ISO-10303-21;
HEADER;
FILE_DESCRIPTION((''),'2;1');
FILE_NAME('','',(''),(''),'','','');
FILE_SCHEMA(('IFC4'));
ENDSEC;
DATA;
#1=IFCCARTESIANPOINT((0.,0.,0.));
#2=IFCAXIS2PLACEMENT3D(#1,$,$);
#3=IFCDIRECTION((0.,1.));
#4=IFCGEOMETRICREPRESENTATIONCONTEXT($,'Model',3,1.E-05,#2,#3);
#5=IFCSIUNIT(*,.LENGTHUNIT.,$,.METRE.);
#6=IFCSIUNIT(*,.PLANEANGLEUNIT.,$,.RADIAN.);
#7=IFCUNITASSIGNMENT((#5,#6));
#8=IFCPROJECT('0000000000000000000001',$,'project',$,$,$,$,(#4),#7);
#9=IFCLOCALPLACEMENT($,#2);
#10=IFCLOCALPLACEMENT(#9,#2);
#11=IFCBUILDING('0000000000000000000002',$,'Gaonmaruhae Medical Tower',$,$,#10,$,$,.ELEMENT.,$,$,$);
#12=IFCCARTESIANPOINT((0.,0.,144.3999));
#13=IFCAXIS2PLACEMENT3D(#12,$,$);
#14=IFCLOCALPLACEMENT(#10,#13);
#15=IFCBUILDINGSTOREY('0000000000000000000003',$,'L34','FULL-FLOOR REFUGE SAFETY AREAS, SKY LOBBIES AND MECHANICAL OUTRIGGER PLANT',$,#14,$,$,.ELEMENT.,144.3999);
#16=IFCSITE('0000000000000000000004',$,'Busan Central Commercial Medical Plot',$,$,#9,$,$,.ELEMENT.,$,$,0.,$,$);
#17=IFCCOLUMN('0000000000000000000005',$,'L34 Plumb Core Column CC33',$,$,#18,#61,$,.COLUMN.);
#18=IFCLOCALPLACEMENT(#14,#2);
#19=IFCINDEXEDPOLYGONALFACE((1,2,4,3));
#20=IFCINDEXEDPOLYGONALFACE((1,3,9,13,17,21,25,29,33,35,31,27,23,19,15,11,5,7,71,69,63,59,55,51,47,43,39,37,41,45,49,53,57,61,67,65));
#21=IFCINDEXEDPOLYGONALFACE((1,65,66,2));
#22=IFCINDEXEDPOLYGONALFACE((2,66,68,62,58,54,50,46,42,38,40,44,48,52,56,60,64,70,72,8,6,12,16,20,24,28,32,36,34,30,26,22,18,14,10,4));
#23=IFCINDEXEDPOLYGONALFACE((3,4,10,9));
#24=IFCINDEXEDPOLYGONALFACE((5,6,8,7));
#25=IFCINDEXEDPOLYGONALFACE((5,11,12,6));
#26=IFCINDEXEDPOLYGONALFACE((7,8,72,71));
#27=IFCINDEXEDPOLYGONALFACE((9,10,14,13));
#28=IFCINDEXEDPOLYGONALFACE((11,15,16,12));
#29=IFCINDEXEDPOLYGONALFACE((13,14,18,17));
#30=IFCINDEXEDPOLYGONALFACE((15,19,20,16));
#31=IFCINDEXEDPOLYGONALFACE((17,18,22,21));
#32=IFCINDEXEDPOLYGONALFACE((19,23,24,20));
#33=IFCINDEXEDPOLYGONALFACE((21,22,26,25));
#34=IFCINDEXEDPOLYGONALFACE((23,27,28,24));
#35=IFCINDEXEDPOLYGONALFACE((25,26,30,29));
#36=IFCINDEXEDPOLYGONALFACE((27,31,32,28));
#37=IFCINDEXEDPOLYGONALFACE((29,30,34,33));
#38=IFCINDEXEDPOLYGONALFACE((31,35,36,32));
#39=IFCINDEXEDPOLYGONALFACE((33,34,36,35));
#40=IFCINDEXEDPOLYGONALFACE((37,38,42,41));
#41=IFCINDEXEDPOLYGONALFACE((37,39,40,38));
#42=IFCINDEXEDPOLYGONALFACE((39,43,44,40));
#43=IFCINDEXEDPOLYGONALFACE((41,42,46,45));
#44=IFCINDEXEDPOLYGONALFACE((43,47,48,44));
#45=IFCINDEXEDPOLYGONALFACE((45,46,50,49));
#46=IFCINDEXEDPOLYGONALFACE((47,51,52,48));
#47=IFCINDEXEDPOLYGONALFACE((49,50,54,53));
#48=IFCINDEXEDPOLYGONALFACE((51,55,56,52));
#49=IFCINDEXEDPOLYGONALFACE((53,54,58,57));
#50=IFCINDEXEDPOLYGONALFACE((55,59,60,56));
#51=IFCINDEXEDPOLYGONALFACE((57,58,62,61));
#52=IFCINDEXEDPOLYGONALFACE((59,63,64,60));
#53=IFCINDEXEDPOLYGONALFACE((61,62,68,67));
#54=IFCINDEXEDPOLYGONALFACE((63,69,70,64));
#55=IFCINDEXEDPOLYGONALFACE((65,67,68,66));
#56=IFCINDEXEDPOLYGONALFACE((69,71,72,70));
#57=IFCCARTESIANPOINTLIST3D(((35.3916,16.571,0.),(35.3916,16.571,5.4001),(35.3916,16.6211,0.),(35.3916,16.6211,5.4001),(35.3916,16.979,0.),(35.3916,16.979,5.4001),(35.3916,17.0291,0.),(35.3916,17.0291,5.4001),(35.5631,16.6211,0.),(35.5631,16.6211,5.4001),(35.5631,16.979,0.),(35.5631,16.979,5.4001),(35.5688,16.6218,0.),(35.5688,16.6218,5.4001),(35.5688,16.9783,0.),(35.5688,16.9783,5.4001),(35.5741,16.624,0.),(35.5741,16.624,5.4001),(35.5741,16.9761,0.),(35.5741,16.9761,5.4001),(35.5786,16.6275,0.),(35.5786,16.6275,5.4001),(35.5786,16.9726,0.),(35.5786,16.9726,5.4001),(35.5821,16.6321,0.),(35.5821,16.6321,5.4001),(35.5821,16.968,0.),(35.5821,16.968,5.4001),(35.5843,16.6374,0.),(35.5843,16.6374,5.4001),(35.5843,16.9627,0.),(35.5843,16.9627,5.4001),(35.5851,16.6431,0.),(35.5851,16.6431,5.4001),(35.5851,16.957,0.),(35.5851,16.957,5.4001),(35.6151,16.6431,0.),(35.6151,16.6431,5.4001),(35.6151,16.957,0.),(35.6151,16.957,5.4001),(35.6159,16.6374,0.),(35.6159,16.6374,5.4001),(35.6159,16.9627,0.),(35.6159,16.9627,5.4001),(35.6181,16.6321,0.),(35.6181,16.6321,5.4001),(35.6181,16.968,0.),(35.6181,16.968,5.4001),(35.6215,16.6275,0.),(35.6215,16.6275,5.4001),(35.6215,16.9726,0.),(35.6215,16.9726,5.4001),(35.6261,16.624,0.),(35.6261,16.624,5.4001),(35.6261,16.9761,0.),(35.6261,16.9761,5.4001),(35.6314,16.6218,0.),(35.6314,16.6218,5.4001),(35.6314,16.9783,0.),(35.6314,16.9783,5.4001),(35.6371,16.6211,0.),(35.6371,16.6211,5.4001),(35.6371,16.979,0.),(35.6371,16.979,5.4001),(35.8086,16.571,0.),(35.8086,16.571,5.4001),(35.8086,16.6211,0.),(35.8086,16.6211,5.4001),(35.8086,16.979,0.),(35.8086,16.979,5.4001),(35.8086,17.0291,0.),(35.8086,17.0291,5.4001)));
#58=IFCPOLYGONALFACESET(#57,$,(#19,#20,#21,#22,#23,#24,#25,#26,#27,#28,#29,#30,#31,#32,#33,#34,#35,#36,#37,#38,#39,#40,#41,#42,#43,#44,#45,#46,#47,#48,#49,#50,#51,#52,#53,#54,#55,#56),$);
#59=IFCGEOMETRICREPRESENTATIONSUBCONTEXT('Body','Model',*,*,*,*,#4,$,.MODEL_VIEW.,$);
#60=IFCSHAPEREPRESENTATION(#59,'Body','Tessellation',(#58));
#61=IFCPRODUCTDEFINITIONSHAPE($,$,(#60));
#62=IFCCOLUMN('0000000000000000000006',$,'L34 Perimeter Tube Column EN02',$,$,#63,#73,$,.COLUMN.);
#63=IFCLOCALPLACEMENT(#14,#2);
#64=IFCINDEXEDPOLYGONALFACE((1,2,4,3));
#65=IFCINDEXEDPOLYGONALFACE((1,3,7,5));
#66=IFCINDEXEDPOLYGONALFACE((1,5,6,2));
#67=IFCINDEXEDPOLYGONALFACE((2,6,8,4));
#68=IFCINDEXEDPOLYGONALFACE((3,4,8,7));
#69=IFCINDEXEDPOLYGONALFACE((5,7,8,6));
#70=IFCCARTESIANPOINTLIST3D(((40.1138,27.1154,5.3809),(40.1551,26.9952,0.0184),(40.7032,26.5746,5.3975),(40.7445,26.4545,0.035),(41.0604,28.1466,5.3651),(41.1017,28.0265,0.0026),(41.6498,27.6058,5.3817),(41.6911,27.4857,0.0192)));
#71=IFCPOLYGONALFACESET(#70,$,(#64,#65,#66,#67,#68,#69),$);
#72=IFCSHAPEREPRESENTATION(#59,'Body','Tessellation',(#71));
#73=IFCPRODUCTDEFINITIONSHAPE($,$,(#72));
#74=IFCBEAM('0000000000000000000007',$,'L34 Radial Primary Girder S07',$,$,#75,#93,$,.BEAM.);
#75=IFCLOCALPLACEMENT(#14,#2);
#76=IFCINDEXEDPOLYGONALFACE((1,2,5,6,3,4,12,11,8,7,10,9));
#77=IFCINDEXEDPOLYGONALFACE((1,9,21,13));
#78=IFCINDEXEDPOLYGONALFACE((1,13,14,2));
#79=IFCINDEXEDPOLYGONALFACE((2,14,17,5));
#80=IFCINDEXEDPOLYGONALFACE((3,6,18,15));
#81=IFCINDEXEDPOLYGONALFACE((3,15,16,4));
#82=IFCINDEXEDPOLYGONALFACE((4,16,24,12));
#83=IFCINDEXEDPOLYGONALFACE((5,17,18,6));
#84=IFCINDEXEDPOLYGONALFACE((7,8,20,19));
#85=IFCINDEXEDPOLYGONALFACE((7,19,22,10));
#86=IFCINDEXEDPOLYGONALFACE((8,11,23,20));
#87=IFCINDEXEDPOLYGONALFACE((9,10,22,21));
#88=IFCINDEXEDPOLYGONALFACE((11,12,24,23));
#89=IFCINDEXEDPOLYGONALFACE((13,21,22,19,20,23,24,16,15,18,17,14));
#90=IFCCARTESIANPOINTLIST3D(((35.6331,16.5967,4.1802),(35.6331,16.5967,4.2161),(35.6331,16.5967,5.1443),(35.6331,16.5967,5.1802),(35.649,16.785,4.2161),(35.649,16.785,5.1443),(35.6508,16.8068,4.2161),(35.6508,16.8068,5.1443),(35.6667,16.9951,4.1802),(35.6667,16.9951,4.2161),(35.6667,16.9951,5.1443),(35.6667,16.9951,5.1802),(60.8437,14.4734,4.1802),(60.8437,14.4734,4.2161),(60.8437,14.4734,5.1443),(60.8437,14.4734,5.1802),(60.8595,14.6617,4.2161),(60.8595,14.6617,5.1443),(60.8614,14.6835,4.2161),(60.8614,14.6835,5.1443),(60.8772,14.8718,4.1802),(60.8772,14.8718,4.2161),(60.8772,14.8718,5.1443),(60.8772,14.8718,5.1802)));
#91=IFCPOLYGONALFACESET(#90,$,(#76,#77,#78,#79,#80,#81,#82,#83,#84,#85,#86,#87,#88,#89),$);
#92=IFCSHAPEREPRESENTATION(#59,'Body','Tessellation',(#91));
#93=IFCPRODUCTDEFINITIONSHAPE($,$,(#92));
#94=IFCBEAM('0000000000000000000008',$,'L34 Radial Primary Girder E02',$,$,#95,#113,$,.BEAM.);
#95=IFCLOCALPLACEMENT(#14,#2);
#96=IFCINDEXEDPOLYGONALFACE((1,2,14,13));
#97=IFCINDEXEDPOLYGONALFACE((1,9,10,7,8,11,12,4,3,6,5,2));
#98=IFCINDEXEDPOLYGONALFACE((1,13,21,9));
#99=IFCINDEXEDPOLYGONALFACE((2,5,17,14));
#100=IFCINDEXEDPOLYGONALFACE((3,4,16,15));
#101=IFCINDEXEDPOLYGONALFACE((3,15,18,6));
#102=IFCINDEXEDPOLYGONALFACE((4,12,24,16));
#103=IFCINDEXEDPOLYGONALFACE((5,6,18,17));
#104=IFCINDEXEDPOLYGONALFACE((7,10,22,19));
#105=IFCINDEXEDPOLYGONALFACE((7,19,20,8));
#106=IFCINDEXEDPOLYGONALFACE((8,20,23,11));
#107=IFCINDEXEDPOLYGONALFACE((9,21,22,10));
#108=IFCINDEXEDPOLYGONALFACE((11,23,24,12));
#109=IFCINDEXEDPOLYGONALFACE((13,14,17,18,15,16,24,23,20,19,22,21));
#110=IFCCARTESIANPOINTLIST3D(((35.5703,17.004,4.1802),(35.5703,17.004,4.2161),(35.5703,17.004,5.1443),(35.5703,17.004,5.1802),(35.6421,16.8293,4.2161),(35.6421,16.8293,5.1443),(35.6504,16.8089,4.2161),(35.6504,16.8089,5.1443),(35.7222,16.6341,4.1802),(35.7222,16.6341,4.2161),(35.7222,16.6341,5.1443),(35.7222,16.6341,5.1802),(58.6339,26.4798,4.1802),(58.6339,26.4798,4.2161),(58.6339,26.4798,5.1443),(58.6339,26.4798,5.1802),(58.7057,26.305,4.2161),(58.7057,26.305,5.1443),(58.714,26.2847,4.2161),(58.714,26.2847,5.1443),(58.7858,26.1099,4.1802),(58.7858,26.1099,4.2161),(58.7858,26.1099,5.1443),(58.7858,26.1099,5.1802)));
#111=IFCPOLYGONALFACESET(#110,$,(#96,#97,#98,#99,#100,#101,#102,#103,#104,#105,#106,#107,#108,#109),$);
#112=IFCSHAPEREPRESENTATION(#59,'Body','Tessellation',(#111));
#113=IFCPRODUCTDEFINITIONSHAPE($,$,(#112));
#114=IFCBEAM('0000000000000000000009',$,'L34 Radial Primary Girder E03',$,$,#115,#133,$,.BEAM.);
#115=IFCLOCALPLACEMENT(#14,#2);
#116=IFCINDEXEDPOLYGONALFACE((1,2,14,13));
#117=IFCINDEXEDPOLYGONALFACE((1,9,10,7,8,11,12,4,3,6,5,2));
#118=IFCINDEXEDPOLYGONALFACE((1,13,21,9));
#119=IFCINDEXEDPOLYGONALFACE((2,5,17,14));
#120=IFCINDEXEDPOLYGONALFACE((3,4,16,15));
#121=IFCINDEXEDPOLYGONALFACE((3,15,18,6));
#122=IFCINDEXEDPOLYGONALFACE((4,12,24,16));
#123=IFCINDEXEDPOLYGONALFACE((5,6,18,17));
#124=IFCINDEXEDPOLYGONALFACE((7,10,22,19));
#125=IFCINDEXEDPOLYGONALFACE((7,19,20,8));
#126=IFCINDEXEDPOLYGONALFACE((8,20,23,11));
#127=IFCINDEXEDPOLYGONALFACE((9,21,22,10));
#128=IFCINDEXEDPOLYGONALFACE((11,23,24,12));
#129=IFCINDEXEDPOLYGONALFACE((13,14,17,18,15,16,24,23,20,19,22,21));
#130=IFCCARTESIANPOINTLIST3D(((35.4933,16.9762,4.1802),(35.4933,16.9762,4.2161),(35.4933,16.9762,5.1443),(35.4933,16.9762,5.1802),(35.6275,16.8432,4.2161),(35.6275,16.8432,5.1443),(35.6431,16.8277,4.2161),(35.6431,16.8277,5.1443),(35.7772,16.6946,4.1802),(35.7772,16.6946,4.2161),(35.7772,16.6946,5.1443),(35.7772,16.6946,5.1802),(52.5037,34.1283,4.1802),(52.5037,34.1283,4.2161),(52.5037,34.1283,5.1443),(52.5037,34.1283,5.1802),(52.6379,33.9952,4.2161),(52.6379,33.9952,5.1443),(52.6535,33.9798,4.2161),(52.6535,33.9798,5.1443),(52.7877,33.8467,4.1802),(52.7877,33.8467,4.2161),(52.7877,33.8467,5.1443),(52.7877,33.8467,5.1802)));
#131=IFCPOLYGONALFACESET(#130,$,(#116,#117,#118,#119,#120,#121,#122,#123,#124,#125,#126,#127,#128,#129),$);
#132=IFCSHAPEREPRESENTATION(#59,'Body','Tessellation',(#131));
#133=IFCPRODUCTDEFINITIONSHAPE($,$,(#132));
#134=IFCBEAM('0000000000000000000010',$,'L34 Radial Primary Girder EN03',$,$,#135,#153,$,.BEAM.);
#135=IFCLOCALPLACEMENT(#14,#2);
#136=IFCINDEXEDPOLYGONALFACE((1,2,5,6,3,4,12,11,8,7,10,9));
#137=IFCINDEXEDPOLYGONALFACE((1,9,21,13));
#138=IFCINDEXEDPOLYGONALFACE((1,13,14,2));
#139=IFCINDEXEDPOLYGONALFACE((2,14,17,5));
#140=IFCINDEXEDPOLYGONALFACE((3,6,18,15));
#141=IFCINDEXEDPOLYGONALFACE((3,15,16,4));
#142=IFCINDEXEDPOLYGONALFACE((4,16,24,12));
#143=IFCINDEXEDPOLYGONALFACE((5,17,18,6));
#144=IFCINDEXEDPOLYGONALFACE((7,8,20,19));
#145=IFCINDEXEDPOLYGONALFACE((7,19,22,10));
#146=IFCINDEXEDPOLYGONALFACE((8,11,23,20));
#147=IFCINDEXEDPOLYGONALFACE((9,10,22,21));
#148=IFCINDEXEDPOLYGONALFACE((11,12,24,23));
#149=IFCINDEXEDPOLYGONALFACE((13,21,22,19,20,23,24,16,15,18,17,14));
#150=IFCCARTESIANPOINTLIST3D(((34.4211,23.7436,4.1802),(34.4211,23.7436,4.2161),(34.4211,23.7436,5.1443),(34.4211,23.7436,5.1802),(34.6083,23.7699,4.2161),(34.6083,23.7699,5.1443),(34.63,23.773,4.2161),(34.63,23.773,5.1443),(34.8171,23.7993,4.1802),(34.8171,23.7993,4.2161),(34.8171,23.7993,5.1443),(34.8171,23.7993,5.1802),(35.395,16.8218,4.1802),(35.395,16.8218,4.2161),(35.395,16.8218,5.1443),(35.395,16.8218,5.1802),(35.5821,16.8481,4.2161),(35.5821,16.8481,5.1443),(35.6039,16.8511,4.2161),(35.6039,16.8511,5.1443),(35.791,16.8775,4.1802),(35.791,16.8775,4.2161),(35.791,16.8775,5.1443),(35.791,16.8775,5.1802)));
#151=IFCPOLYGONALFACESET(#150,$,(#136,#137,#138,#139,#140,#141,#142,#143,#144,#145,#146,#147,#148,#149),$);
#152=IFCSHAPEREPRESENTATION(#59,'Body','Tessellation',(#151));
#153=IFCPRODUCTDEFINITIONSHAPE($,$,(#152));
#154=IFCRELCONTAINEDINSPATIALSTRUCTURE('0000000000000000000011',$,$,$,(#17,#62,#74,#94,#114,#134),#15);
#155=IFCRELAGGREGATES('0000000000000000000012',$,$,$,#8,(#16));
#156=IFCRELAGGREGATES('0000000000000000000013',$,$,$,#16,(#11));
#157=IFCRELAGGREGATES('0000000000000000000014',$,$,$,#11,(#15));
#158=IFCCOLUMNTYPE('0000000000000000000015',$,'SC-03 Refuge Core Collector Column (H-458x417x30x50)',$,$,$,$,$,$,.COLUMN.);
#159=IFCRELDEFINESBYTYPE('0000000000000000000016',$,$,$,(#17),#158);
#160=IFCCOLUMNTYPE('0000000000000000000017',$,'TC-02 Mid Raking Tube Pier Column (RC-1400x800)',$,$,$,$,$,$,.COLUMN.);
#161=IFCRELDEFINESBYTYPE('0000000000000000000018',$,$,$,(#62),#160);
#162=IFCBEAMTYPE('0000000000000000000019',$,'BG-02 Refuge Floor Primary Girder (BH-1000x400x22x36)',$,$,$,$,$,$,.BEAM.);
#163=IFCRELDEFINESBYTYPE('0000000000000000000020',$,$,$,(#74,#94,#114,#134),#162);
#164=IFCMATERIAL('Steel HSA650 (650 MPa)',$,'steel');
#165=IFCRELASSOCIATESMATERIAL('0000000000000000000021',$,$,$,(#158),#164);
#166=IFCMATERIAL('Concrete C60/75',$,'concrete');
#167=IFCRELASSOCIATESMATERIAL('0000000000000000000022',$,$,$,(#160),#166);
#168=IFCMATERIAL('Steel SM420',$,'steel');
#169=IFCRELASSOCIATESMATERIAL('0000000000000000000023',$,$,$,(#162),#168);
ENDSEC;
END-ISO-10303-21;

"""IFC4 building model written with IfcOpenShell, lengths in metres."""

from ifc_helpers import new_model, si_unit, direction, frame, origin, origin_2d, place, context, subcontext, project, spatial, rectangle, i_section, extrude, material, material_profile, profile_set, type_object, element, save


model = new_model("IFC4")

# Units and contexts
model_context = context("Model", 3, precision=1e-05, world=origin(), true_north=direction((0.0, 1.0)))
body_context = subcontext(model_context, "Body", "Model", "MODEL_VIEW")
ifc_project = project(units=[si_unit("LENGTHUNIT", "METRE"), si_unit("PLANEANGLEUNIT", "RADIAN")], contexts=[model_context])

# Site, building, storey
site_placement = place(None, origin())
site = spatial("IfcSite", under=ifc_project, at=site_placement, Name="Busan Central Commercial Medical Plot", CompositionType="ELEMENT", RefElevation=0.0)
building_placement = place(site_placement, origin())
building = spatial("IfcBuilding", under=site, at=building_placement, Name="Gaonmaruhae Medical Tower", CompositionType="ELEMENT")
storey_placement = place(building_placement, frame((0.0, 0.0, 144.3999)))
storey = spatial("IfcBuildingStorey", under=building, at=storey_placement, Name="L34", Description="FULL-FLOOR REFUGE SAFETY AREAS, SKY LOBBIES AND MECHANICAL OUTRIGGER PLANT", CompositionType="ELEMENT", Elevation=144.3999)

# Columns
ifc_material_1 = material(Name="Steel HSA650 (650 MPa)", Category="steel")
ifc_material_profile_1 = material_profile(ifc_material_1, i_section(OverallWidth=0.417, OverallDepth=0.458, WebThickness=0.03, FlangeThickness=0.05, FilletRadius=0.022, at=origin_2d()), Name="H-458x417x30x50")
ifc_profile_set_1 = profile_set([ifc_material_profile_1], Name="Steel HSA650 (650 MPa)")
column_type_1 = type_object("IfcColumnType", Name="SC-03 Refuge Core Collector Column (H-458x417x30x50)", PredefinedType="COLUMN", material=ifc_profile_set_1)
column_1_placement = place(storey_placement, frame((35.6001, 16.8, 0.0), z_axis=(0.0, 0.0, 1.0), x_axis=(1.0, 0.0, 0.0)))
element("IfcColumn", 1, at=column_1_placement, inside=storey, type_object=column_type_1, Name="L34 Plumb Core Column CC33", PredefinedType="COLUMN", context=body_context, shape_type="SweptSolid", body=[
    extrude(i_section(OverallWidth=0.417, OverallDepth=0.458, WebThickness=0.03, FlangeThickness=0.05, FilletRadius=0.022, at=origin_2d()), origin(), (0.0, 0.0, 1.0), 5.4001),
])
ifc_material_2 = material(Name="Concrete C60/75", Category="concrete")
ifc_material_profile_2 = material_profile(ifc_material_2, rectangle(XDim=1.3999, YDim=0.8, at=origin_2d()), Name="RC-1400x800")
ifc_profile_set_2 = profile_set([ifc_material_profile_2], Name="Concrete C60/75")
column_type_2 = type_object("IfcColumnType", Name="TC-02 Mid Raking Tube Pier Column (RC-1400x800)", PredefinedType="COLUMN", material=ifc_profile_set_2)
column_2_placement = place(storey_placement, frame((40.9231, 27.2405, 0.0188), z_axis=(-0.007692, 0.022393, 0.99972), x_axis=(-0.676182, -0.736648, 0.011298)))
element("IfcColumn", 2, at=column_2_placement, inside=storey, type_object=column_type_2, Name="L34 Perimeter Tube Column EN02", PredefinedType="COLUMN", context=body_context, shape_type="SweptSolid", body=[
    extrude(rectangle(XDim=1.3999, YDim=0.8, at=origin_2d()), origin(), (0.0, 0.0, 1.0), 5.364),
])

# Beams
ifc_material_3 = material(Name="Steel SM420", Category="steel")
ifc_material_profile_3 = material_profile(ifc_material_3, i_section(OverallWidth=0.3999, OverallDepth=1.0, WebThickness=0.022, FlangeThickness=0.0359, at=origin_2d()), Name="BH-1000x400x22x36")
ifc_profile_set_3 = profile_set([ifc_material_profile_3], Name="Steel SM420")
beam_type_1 = type_object("IfcBeamType", Name="BG-02 Refuge Floor Primary Girder (BH-1000x400x22x36)", PredefinedType="BEAM", material=ifc_profile_set_3)
beam_1_placement = place(storey_placement, frame((35.6499, 16.7959, 4.6802), z_axis=(0.996472, -0.083926, 0.0), x_axis=(0.083926, 0.996472, 0.0)))
element("IfcBeam", 3, at=beam_1_placement, inside=storey, type_object=beam_type_1, Name="L34 Radial Primary Girder S07", PredefinedType="BEAM", context=body_context, shape_type="SweptSolid", body=[
    extrude(i_section(OverallWidth=0.3999, OverallDepth=1.0, WebThickness=0.022, FlangeThickness=0.0359, at=origin_2d()), origin(), (0.0, 0.0, 1.0), 25.2998),
])
beam_2_placement = place(storey_placement, frame((35.6462, 16.8191, 4.6802), z_axis=(0.924974, 0.38003, 0.0), x_axis=(-0.38003, 0.924974, 0.0)))
element("IfcBeam", 4, at=beam_2_placement, inside=storey, type_object=beam_type_1, Name="L34 Radial Primary Girder E02", PredefinedType="BEAM", context=body_context, shape_type="SweptSolid", body=[
    extrude(i_section(OverallWidth=0.3999, OverallDepth=1.0, WebThickness=0.022, FlangeThickness=0.0359, at=origin_2d()), origin(), (0.0, 0.0, 1.0), 24.9343),
])
beam_3_placement = place(storey_placement, frame((35.6353, 16.8354, 4.6802), z_axis=(0.70417, 0.710032, 0.0), x_axis=(-0.710032, 0.70417, 0.0)))
element("IfcBeam", 5, at=beam_3_placement, inside=storey, type_object=beam_type_1, Name="L34 Radial Primary Girder E03", PredefinedType="BEAM", context=body_context, shape_type="SweptSolid", body=[
    extrude(i_section(OverallWidth=0.3999, OverallDepth=1.0, WebThickness=0.022, FlangeThickness=0.0359, at=origin_2d()), origin(), (0.0, 0.0, 1.0), 24.1567),
])
beam_4_placement = place(storey_placement, frame((35.593, 16.8496, 4.6802), z_axis=(-0.139323, 0.990247, 0.0), x_axis=(-0.990247, -0.139323, 0.0)))
element("IfcBeam", 6, at=beam_4_placement, inside=storey, type_object=beam_type_1, Name="L34 Radial Primary Girder EN03", PredefinedType="BEAM", context=body_context, shape_type="SweptSolid", body=[
    extrude(i_section(OverallWidth=0.3999, OverallDepth=1.0, WebThickness=0.022, FlangeThickness=0.0359, at=origin_2d()), origin(), (0.0, 0.0, 1.0), 6.99),
])

save(model, "model.ifc")
